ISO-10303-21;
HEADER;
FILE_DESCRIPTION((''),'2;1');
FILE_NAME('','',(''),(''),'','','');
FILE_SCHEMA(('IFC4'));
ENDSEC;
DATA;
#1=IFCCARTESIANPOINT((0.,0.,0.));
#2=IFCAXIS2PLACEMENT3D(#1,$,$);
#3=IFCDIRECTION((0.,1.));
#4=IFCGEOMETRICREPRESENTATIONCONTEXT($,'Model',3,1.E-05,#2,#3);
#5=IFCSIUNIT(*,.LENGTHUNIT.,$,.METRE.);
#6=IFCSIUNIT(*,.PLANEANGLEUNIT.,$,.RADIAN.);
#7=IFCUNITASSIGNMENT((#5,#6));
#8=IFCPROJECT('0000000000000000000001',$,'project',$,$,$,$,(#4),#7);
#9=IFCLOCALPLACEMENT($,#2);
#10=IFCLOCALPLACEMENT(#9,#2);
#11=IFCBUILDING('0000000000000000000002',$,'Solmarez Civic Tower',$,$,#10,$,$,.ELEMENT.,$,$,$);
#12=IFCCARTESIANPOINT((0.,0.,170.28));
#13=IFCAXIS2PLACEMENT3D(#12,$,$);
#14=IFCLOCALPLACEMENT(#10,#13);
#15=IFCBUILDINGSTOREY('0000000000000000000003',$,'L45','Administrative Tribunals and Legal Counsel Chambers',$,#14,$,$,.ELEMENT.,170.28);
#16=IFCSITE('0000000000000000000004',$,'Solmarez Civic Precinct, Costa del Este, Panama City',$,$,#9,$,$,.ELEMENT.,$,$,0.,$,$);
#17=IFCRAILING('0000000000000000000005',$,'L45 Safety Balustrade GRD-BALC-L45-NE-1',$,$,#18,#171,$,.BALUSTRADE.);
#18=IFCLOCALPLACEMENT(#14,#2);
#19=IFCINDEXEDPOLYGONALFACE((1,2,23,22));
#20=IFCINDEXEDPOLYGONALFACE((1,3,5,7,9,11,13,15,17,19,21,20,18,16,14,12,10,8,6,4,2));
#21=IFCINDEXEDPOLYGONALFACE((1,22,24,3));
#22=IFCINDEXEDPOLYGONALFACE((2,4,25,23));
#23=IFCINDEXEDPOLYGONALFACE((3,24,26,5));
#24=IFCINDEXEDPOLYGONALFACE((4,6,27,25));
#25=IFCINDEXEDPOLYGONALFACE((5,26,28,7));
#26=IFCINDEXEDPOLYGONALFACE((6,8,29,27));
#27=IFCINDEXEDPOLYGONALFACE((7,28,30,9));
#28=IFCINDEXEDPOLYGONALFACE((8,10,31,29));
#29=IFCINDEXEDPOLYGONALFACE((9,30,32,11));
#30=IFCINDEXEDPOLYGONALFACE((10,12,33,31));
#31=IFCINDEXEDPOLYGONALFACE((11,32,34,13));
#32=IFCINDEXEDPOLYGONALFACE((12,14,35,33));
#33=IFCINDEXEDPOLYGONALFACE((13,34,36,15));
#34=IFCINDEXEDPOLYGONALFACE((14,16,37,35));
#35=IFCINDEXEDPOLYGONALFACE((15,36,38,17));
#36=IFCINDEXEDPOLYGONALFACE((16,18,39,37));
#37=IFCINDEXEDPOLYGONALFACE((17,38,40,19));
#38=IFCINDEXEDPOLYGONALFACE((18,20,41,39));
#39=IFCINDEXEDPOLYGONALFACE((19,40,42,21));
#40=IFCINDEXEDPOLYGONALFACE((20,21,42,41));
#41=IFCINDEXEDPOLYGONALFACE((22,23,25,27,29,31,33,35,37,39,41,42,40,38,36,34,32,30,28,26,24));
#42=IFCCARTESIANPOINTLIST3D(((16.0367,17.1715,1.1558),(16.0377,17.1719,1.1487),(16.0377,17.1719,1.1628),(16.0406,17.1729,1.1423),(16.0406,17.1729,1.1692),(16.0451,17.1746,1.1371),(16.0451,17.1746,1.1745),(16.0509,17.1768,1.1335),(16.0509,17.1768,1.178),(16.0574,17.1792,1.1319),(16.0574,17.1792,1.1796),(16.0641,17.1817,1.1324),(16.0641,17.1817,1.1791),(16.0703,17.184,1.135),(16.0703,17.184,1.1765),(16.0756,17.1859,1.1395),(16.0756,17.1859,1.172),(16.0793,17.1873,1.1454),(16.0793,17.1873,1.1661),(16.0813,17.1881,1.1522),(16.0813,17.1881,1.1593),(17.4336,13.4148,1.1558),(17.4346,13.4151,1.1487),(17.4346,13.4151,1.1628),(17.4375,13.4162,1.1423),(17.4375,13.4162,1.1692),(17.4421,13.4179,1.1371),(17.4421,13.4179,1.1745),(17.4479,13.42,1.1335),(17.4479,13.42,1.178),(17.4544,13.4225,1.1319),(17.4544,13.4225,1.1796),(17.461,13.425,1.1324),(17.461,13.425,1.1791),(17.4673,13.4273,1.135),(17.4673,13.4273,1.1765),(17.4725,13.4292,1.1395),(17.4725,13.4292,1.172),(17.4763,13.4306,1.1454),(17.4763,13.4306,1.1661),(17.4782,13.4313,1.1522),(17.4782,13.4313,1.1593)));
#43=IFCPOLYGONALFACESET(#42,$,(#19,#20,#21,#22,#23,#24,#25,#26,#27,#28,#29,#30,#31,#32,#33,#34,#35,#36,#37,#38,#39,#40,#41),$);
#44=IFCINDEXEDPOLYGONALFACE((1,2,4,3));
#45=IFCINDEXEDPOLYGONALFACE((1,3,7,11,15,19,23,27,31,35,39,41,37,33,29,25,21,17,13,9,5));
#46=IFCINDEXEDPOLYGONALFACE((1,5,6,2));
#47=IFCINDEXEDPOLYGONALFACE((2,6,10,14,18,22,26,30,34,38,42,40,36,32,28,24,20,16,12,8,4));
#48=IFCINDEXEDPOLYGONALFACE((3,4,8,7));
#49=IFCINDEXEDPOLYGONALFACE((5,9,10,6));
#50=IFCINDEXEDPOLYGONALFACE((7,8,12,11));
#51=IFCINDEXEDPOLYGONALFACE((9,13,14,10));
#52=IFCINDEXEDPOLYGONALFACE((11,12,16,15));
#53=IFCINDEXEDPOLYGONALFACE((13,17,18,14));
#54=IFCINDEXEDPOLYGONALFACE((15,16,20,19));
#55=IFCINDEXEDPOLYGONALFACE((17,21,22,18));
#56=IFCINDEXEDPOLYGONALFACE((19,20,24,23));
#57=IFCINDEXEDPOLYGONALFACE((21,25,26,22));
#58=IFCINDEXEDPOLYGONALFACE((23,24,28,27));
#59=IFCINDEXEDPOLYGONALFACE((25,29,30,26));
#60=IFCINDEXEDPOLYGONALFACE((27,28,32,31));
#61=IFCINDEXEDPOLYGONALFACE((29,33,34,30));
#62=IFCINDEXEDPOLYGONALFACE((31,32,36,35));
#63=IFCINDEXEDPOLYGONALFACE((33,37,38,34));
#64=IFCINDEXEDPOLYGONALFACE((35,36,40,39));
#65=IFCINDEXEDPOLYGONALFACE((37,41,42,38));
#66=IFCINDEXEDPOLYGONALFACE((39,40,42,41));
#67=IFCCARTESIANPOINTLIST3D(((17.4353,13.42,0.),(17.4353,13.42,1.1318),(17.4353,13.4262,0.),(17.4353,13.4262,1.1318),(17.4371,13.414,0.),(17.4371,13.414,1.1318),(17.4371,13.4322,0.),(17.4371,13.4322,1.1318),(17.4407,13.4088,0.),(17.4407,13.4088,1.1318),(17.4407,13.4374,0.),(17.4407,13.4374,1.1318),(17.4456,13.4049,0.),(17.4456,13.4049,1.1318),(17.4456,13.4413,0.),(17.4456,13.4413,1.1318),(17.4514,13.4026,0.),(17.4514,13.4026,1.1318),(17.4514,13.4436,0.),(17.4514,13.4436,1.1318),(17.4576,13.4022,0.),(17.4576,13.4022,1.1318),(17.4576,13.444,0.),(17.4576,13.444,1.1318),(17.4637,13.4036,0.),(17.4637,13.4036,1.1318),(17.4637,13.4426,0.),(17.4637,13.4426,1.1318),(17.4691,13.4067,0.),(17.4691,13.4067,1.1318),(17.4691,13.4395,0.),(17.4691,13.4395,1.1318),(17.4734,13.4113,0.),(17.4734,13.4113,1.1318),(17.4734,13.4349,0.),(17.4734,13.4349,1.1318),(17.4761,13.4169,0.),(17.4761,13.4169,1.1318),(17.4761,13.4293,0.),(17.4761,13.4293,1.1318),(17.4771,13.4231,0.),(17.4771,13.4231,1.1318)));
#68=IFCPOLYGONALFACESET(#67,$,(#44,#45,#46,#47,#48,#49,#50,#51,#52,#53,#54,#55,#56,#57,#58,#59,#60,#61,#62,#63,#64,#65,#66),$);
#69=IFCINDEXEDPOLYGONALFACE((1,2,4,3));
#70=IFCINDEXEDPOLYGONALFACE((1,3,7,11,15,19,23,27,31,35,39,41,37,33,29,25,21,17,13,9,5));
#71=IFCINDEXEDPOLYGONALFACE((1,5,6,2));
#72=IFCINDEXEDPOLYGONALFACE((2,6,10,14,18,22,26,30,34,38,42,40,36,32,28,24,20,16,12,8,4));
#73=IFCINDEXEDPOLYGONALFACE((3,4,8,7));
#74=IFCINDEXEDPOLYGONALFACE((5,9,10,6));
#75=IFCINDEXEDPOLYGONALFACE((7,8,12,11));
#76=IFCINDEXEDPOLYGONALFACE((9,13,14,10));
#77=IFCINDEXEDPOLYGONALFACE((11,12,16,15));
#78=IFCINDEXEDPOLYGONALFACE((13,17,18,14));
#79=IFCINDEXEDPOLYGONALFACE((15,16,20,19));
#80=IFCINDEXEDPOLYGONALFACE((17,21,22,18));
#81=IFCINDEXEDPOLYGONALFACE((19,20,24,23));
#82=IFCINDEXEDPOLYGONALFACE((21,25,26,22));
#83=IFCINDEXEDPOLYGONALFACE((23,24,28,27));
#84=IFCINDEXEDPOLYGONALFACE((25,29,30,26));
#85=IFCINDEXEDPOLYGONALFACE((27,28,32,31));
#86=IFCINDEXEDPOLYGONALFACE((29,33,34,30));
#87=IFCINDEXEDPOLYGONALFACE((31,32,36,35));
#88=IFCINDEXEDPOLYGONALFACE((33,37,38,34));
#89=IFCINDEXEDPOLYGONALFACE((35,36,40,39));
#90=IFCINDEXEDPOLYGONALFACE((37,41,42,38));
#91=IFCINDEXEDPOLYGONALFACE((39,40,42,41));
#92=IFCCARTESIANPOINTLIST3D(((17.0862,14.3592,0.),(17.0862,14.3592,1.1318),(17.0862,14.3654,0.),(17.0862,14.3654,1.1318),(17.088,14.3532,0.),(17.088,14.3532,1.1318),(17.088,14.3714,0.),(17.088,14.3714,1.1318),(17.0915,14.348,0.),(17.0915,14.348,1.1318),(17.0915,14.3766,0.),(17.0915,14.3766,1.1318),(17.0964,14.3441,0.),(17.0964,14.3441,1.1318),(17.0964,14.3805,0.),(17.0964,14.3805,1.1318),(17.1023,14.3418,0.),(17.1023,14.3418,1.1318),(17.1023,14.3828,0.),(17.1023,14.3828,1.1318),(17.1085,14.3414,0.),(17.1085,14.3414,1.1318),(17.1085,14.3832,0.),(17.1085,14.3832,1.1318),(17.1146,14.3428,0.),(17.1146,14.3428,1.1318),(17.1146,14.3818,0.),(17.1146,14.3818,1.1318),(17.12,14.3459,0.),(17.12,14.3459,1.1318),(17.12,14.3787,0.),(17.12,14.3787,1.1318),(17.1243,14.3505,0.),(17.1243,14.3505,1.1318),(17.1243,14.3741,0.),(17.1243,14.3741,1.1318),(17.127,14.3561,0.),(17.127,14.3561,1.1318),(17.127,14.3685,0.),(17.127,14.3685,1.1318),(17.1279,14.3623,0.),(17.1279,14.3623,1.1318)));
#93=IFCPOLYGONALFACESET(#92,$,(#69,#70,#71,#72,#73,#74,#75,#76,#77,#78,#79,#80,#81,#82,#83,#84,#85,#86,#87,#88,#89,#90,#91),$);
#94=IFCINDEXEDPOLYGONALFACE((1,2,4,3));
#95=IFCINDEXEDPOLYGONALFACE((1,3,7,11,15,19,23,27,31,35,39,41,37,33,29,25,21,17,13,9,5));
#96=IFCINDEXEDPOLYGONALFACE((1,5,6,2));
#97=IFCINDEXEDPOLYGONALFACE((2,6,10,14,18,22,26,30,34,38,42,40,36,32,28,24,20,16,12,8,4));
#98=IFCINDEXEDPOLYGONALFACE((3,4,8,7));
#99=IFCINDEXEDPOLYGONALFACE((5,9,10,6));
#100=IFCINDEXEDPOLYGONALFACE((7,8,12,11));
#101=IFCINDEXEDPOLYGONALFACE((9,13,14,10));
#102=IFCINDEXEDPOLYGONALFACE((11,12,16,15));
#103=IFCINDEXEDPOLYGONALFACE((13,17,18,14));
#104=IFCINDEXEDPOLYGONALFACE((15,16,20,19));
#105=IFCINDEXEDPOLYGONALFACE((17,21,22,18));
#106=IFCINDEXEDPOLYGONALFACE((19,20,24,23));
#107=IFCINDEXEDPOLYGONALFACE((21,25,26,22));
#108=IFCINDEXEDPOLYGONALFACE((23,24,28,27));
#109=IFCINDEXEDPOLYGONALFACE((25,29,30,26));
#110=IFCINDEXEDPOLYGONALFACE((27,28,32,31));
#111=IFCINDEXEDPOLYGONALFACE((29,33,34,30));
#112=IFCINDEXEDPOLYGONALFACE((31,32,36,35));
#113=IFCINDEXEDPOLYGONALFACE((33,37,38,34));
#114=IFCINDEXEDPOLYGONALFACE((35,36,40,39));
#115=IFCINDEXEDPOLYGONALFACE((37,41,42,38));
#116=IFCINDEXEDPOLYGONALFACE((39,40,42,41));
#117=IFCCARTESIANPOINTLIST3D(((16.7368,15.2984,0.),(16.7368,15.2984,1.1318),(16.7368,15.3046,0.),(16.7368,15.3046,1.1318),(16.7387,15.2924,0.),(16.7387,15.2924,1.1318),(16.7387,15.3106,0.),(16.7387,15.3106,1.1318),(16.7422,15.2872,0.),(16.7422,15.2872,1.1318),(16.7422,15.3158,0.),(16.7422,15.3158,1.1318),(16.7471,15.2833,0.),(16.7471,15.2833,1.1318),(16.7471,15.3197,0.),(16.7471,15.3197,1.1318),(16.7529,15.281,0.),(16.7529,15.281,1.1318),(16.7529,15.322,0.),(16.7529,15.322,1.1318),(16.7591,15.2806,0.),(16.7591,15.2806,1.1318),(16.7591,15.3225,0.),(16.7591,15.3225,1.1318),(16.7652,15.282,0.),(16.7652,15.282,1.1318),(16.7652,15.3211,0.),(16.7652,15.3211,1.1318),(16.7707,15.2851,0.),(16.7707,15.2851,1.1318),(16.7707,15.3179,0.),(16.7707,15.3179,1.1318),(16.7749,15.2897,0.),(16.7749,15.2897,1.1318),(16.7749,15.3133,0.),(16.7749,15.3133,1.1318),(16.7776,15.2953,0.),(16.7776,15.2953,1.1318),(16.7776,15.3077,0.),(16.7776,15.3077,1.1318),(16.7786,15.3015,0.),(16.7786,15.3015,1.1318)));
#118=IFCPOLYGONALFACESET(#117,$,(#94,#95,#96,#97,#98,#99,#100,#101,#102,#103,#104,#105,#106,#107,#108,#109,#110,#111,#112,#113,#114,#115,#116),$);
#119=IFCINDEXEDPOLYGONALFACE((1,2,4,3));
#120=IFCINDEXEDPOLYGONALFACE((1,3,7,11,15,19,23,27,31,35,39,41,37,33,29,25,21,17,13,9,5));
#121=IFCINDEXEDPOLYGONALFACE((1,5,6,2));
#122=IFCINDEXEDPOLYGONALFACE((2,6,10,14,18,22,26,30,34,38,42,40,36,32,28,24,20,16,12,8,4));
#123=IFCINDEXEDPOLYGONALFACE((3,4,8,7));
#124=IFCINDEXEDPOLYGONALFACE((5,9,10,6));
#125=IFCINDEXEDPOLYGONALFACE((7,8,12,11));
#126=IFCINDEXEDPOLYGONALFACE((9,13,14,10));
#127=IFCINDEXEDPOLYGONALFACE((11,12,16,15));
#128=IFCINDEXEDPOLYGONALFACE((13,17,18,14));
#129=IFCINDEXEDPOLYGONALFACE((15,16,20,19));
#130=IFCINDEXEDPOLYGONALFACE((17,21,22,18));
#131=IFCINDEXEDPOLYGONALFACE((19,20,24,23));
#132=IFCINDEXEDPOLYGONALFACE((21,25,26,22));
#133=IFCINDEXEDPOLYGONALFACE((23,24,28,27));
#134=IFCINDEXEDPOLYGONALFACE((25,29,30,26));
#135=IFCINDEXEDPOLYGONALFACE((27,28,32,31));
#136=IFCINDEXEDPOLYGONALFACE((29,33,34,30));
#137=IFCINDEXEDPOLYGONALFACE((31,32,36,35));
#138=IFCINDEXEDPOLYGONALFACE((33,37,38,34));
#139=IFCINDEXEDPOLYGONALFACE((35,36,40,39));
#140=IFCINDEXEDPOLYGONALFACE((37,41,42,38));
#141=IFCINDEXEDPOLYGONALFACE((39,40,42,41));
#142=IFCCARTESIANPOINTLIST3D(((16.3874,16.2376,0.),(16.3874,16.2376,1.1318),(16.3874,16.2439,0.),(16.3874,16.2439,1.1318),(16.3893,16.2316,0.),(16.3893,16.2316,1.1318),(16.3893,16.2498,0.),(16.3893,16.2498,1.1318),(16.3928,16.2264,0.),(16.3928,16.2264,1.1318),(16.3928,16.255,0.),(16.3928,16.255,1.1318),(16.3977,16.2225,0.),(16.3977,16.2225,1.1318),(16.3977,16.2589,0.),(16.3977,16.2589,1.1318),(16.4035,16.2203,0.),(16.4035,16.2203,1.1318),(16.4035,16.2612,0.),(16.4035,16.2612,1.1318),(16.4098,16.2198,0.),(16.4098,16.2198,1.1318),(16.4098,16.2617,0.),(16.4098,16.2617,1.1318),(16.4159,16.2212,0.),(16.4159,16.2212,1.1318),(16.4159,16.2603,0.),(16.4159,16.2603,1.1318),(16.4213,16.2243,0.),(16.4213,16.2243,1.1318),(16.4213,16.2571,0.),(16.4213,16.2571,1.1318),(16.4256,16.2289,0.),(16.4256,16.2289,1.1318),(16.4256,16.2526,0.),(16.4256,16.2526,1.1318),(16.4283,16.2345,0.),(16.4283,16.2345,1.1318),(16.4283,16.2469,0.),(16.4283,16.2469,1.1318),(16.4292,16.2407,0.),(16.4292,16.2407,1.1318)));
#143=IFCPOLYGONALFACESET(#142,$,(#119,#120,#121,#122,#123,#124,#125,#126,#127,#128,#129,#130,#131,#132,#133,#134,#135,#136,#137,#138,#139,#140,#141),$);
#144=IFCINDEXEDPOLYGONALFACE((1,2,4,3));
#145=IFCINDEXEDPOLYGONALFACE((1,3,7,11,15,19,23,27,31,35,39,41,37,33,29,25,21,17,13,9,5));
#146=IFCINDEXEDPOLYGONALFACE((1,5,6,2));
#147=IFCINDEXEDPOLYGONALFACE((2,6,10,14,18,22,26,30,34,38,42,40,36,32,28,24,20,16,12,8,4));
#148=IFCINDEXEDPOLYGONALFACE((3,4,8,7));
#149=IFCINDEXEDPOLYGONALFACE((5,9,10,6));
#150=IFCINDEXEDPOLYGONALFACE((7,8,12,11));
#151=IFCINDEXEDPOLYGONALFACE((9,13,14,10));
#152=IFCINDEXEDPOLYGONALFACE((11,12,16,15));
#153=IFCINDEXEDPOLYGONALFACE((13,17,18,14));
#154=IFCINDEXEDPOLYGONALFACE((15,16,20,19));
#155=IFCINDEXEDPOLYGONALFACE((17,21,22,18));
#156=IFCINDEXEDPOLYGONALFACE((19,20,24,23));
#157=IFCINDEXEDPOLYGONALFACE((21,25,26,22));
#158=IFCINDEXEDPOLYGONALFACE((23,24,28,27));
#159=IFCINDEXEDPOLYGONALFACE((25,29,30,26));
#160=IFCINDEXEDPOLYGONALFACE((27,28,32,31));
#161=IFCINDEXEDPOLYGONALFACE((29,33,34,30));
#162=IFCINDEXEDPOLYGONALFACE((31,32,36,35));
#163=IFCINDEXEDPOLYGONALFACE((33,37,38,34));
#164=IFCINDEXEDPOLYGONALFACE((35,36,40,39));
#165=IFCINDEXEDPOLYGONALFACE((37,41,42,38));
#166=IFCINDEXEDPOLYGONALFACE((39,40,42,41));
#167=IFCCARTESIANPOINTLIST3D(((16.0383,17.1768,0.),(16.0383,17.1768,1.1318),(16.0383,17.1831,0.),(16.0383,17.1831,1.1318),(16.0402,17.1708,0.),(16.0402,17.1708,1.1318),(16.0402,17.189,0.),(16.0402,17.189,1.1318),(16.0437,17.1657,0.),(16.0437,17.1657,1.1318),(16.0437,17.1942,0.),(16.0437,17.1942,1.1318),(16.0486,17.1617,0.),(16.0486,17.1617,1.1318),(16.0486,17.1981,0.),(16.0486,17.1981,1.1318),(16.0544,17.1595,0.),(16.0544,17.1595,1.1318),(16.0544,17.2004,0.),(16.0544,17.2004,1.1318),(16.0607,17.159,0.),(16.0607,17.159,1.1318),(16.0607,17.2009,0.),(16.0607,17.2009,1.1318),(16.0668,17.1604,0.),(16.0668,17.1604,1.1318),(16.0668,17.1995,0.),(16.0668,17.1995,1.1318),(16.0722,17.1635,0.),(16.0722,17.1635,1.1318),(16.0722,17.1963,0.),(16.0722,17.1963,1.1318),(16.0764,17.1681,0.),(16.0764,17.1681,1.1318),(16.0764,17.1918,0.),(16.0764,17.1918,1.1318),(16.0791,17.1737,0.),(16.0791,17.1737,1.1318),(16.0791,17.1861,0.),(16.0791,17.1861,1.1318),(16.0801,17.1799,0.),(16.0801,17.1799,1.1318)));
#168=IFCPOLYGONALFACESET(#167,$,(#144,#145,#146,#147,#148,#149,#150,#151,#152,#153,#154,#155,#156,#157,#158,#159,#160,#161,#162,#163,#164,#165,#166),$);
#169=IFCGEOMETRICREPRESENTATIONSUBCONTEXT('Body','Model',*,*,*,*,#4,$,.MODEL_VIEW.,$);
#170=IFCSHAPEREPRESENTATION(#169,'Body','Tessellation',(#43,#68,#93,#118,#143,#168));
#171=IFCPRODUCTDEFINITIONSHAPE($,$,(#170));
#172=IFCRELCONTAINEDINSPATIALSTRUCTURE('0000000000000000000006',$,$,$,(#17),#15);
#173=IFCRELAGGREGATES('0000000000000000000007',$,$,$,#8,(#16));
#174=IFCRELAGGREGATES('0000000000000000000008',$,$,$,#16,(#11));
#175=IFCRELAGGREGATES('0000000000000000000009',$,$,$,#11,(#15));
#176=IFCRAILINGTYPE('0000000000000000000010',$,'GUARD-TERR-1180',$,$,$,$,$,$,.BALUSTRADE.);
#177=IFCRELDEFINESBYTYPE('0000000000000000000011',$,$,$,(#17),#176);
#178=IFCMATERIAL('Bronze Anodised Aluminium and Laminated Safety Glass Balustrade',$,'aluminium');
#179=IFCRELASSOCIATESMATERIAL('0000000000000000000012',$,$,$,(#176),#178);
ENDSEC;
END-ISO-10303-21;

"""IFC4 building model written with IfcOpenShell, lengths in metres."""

from ifc_helpers import new_model, si_unit, direction, frame, origin, origin_2d, place, context, subcontext, project, spatial, circle, extrude, material, type_object, element, save


model = new_model("IFC4")

# Units and contexts
model_context = context("Model", 3, precision=1e-05, world=origin(), true_north=direction((0.0, 1.0)))
body_context = subcontext(model_context, "Body", "Model", "MODEL_VIEW")
ifc_project = project(units=[si_unit("LENGTHUNIT", "METRE"), si_unit("PLANEANGLEUNIT", "RADIAN")], contexts=[model_context])

# Site, building, storey
site_placement = place(None, origin())
site = spatial("IfcSite", under=ifc_project, at=site_placement, Name="Solmarez Civic Precinct, Costa del Este, Panama City", CompositionType="ELEMENT", RefElevation=0.0)
building_placement = place(site_placement, origin())
building = spatial("IfcBuilding", under=site, at=building_placement, Name="Solmarez Civic Tower", CompositionType="ELEMENT")
storey_placement = place(building_placement, frame((0.0, 0.0, 170.28)))
storey = spatial("IfcBuildingStorey", under=building, at=storey_placement, Name="L45", Description="Administrative Tribunals and Legal Counsel Chambers", CompositionType="ELEMENT", Elevation=170.28)

# Railing
ifc_material_1 = material(Name="Bronze Anodised Aluminium and Laminated Safety Glass Balustrade", Category="aluminium")
railing_type = type_object("IfcRailingType", Name="GUARD-TERR-1180", PredefinedType="BALUSTRADE", material=ifc_material_1)
railing_placement = place(storey_placement, frame((17.4561, 13.4231, 0.0)))
element("IfcRailing", 1, at=railing_placement, inside=storey, type_object=railing_type, Name="L45 Safety Balustrade GRD-BALC-L45-NE-1", PredefinedType="BALUSTRADE", context=body_context, shape_type="SweptSolid", body=[
    extrude(circle(Radius=0.0239, at=origin_2d()), frame((0.0, 0.0, 1.1558), z_axis=(-0.348532, 0.937297, 0.0), x_axis=(-0.937297, -0.348532, 0.0)), (0.0, 0.0, 1.0), 4.0081),
    extrude(circle(Radius=0.021, at=origin_2d()), origin(), (0.0, 0.0, 1.0), 1.1318),
    extrude(circle(Radius=0.021, at=origin_2d()), frame((-0.3491, 0.9392, 0.0)), (0.0, 0.0, 1.0), 1.1318),
    extrude(circle(Radius=0.021, at=origin_2d()), frame((-0.6985, 1.8784, 0.0)), (0.0, 0.0, 1.0), 1.1318),
    extrude(circle(Radius=0.021, at=origin_2d()), frame((-1.0479, 2.8176, 0.0)), (0.0, 0.0, 1.0), 1.1318),
    extrude(circle(Radius=0.021, at=origin_2d()), frame((-1.397, 3.7568, 0.0)), (0.0, 0.0, 1.0), 1.1318),
])

save(model, "model.ifc")
